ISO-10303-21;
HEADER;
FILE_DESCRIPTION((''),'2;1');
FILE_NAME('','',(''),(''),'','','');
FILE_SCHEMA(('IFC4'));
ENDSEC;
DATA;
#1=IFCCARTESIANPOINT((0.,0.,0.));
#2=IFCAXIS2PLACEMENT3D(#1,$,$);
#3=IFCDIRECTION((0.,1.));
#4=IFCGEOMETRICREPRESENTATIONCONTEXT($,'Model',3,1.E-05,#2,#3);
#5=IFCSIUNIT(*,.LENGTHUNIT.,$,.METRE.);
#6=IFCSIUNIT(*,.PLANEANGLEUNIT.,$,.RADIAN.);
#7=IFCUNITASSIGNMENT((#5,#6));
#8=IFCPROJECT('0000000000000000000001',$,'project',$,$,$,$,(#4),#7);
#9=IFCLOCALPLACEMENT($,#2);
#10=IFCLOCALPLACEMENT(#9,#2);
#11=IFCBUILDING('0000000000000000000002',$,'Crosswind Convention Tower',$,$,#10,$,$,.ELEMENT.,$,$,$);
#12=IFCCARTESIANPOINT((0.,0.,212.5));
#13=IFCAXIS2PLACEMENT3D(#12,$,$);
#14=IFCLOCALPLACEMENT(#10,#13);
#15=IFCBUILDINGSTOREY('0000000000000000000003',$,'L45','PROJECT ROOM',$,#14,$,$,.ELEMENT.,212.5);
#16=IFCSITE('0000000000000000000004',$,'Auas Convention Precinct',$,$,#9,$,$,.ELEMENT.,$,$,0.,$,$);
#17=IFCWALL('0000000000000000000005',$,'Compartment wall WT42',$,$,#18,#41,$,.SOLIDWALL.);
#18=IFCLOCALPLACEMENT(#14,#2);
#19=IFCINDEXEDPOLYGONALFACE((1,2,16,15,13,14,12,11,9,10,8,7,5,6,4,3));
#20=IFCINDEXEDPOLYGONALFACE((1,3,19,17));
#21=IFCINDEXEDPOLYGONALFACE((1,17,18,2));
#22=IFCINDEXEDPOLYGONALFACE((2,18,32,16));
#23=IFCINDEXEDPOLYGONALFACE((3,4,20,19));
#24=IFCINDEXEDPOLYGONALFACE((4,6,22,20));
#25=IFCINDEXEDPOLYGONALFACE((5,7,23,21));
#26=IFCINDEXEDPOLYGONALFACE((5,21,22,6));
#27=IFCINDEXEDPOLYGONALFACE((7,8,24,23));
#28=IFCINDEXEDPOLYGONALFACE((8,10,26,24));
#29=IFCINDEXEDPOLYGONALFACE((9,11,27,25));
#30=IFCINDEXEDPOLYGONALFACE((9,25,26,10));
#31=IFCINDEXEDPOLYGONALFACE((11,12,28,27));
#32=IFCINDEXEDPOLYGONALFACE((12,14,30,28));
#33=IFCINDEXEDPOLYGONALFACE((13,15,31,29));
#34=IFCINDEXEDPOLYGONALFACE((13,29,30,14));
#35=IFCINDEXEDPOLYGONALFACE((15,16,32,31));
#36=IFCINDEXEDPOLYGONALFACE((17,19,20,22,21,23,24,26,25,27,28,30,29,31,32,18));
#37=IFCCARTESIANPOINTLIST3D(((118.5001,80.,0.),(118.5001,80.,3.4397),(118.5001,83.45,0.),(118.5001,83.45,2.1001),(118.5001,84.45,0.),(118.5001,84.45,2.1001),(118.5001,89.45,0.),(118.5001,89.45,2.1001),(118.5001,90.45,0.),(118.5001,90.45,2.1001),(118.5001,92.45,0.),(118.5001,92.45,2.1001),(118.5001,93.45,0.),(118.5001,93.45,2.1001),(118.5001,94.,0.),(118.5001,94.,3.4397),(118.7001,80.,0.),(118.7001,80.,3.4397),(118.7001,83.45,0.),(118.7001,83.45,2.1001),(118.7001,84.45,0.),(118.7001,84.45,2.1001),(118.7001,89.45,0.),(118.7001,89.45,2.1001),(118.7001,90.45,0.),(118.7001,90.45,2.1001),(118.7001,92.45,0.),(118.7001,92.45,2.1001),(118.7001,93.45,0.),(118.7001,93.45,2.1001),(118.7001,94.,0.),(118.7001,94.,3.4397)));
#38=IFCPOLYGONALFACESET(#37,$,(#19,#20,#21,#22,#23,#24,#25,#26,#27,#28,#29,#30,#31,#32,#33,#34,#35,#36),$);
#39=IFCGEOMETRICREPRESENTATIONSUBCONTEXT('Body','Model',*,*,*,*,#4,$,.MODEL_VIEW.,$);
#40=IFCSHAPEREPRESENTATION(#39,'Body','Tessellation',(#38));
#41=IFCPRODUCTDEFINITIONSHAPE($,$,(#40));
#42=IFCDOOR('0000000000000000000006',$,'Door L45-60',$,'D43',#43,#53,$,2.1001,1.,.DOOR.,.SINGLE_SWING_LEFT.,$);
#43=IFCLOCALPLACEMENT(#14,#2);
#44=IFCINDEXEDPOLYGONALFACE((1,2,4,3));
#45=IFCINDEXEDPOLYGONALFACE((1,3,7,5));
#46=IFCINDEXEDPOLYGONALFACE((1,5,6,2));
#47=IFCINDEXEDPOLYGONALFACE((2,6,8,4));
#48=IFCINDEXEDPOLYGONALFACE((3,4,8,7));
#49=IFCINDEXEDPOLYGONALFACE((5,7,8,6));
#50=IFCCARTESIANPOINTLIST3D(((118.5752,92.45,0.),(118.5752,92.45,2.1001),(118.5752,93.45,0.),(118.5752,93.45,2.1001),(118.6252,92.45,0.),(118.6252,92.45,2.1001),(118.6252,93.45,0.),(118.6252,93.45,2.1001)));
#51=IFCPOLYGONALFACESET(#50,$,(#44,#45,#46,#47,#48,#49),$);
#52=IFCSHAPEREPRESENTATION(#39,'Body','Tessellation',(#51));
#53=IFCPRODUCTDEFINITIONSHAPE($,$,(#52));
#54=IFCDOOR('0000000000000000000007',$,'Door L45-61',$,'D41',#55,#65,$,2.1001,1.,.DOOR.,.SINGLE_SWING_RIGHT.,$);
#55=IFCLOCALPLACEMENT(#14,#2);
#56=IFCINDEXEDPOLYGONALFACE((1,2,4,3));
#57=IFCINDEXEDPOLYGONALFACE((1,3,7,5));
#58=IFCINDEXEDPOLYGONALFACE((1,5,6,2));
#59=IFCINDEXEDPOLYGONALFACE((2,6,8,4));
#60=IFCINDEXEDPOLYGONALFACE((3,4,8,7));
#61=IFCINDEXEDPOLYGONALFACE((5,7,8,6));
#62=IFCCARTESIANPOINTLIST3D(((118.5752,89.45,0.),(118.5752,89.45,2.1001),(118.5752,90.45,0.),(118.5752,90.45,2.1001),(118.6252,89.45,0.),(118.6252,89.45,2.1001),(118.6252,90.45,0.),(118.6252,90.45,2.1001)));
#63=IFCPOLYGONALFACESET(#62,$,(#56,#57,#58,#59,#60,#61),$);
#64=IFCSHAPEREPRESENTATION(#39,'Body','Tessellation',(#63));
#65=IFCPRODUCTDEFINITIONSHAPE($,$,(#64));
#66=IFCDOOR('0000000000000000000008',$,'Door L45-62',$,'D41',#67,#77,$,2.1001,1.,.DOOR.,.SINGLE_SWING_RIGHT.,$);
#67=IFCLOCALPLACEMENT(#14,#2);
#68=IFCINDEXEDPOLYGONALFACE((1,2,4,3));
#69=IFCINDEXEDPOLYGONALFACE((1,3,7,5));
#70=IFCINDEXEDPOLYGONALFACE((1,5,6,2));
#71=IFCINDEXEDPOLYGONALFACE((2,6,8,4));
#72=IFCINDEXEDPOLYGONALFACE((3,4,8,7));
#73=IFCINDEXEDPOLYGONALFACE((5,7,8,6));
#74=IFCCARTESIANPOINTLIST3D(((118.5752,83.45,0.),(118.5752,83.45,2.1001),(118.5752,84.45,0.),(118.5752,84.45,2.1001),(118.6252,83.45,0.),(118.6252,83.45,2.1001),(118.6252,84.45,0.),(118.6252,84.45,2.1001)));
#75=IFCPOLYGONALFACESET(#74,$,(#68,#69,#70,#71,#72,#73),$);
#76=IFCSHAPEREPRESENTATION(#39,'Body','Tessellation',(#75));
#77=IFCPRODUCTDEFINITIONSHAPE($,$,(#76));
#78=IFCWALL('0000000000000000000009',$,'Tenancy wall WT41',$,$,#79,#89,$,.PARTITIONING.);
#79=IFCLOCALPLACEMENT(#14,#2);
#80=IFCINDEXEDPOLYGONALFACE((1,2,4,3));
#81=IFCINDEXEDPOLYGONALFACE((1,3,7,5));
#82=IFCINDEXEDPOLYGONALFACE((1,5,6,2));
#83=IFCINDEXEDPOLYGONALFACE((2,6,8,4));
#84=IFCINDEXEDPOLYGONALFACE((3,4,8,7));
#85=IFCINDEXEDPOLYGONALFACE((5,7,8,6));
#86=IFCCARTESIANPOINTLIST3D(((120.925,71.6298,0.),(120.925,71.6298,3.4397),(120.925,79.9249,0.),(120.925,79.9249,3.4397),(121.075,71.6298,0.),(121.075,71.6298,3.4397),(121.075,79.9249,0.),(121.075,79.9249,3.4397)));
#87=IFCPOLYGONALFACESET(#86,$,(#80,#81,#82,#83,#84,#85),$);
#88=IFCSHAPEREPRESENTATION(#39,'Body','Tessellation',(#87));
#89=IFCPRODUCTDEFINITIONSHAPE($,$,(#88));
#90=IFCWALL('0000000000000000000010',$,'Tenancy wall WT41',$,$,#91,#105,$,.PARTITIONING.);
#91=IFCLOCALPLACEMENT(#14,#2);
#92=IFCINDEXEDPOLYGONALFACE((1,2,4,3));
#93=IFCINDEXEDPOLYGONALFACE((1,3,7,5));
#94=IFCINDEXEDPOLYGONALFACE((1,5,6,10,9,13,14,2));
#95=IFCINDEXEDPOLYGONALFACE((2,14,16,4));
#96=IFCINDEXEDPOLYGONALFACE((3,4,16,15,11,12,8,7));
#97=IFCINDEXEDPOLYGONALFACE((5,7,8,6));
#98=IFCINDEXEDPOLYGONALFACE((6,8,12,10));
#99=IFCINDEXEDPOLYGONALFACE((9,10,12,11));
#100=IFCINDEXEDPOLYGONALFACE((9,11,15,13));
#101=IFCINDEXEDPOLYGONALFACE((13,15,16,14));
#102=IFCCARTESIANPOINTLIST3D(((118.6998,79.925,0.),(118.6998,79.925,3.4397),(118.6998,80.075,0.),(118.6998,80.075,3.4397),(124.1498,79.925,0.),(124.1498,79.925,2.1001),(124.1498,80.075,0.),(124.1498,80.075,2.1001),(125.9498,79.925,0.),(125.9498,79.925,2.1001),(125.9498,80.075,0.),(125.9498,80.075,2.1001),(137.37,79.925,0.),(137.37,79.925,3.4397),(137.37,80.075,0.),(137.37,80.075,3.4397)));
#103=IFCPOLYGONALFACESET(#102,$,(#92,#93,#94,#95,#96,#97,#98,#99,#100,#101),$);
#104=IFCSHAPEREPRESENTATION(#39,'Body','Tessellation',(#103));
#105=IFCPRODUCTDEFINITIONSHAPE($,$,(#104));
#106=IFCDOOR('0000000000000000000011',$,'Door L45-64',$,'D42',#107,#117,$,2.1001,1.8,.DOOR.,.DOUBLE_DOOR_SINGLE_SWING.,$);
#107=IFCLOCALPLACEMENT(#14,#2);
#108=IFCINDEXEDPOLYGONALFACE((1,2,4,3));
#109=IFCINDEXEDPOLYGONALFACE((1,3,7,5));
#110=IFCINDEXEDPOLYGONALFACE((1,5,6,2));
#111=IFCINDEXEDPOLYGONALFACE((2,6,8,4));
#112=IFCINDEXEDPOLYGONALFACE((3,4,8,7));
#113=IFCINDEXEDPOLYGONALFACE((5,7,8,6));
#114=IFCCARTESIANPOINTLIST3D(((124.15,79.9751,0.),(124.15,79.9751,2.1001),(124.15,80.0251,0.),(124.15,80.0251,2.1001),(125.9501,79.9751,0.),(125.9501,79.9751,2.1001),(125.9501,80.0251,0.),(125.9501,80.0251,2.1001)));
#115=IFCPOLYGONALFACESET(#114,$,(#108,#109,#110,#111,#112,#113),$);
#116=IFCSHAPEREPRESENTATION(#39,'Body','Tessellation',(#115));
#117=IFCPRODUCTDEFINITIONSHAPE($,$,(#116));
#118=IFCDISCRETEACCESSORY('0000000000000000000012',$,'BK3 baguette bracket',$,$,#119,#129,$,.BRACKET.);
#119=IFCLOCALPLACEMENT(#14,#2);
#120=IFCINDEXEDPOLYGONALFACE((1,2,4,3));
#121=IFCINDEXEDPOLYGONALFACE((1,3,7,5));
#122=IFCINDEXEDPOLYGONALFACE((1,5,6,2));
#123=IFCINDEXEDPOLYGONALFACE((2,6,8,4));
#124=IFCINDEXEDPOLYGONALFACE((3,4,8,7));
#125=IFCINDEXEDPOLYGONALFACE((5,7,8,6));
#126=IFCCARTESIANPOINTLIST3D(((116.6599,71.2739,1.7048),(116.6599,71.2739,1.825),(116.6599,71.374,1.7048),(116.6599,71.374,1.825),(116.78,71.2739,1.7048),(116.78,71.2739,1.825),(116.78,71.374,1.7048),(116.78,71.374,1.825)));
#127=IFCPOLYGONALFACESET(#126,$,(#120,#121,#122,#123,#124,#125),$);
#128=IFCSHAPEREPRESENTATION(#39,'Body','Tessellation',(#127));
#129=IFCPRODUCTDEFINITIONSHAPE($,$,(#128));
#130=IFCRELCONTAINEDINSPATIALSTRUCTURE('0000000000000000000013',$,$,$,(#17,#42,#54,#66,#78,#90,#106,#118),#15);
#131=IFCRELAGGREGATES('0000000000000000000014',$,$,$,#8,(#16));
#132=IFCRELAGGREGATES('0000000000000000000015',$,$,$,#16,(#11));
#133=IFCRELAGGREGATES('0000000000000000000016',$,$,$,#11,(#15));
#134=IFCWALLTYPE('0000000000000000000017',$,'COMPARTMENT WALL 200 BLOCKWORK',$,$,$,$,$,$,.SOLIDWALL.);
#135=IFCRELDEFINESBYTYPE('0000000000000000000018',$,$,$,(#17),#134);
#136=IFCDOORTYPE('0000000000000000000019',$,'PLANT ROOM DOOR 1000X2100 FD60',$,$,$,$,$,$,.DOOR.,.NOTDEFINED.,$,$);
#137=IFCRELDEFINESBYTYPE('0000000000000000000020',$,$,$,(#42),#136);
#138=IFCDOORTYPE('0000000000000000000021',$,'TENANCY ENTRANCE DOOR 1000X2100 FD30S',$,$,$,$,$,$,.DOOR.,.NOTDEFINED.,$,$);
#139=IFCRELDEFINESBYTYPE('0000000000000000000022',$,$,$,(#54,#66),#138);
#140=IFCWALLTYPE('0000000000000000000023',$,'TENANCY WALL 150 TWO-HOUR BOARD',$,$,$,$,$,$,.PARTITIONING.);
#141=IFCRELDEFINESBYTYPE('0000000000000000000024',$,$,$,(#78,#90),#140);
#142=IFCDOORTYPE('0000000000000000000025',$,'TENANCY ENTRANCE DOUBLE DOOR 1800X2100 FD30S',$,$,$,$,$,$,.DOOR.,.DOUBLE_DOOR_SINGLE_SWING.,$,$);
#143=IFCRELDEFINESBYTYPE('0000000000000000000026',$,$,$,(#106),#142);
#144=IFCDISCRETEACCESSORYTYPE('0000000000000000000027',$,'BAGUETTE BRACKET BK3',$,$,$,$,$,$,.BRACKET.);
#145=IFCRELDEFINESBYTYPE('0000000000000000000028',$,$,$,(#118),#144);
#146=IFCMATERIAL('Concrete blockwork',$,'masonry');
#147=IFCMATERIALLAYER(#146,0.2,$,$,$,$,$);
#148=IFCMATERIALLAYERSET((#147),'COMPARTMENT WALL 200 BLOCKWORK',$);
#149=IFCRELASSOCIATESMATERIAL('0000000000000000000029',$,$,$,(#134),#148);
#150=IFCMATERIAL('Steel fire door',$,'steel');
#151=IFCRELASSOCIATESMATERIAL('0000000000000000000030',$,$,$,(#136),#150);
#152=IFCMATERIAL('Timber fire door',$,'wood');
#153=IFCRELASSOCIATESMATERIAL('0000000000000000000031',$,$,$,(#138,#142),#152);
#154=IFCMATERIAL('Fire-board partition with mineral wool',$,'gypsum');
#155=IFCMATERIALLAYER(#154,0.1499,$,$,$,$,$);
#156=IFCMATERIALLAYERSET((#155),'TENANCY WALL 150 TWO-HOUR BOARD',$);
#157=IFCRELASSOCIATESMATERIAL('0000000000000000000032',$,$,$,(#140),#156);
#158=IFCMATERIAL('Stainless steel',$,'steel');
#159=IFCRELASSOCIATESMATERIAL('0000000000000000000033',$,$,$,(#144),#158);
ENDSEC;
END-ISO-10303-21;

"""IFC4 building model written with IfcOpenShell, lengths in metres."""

from ifc_helpers import new_model, si_unit, direction, frame, frame_2d, origin, origin_2d, place, context, subcontext, project, spatial, rectangle, extrude, material, layer, layer_set, type_object, element, fill, save


model = new_model("IFC4")

# Units and contexts
model_context = context("Model", 3, precision=1e-05, world=origin(), true_north=direction((0.0, 1.0)))
body_context = subcontext(model_context, "Body", "Model", "MODEL_VIEW")
ifc_project = project(units=[si_unit("LENGTHUNIT", "METRE"), si_unit("PLANEANGLEUNIT", "RADIAN")], contexts=[model_context])

# Site, building, storey
site_placement = place(None, origin())
site = spatial("IfcSite", under=ifc_project, at=site_placement, Name="Auas Convention Precinct", CompositionType="ELEMENT", RefElevation=0.0)
building_placement = place(site_placement, origin())
building = spatial("IfcBuilding", under=site, at=building_placement, Name="Crosswind Convention Tower", CompositionType="ELEMENT")
storey_placement = place(building_placement, frame((0.0, 0.0, 212.5)))
storey = spatial("IfcBuildingStorey", under=building, at=storey_placement, Name="L45", Description="PROJECT ROOM", CompositionType="ELEMENT", Elevation=212.5)

# Wall, openings, doors
ifc_material_1 = material(Name="Concrete blockwork", Category="masonry")
ifc_layer_1 = layer(ifc_material_1, 0.2)
ifc_layer_set_1 = layer_set([ifc_layer_1], Name="COMPARTMENT WALL 200 BLOCKWORK")
wall_type_1 = type_object("IfcWallType", Name="COMPARTMENT WALL 200 BLOCKWORK", PredefinedType="SOLIDWALL", material=ifc_layer_set_1)
wall_1_placement = place(storey_placement, frame((118.6001, 80.0, 0.0), z_axis=(0.0, 0.0, 1.0), x_axis=(0.0, 1.0, 0.0)))
wall_1 = element("IfcWall", 1, at=wall_1_placement, inside=storey, type_object=wall_type_1, Name="Compartment wall WT42", PredefinedType="SOLIDWALL", context=body_context, shape_type="SweptSolid", body=[
    extrude(rectangle(XDim=14.0, YDim=0.2, at=frame_2d((7.0, 0.0))), origin(), (0.0, 0.0, 1.0), 3.4397),
])
opening_1_placement = place(wall_1_placement, frame((12.45, 0.0, 0.0)))
opening_1 = element("IfcOpeningElement", 2, at=opening_1_placement, cuts=wall_1, PredefinedType="OPENING", context=body_context, shape_type="SweptSolid", body=[
    extrude(rectangle(XDim=1.0, YDim=2.1001, at=frame_2d((0.5, 1.05))), frame((0.0, 0.1099, 0.0), z_axis=(0.0, -1.0, 0.0), x_axis=(1.0, 0.0, 0.0)), (0.0, 0.0, 1.0), 0.22),
])
opening_2_placement = place(wall_1_placement, frame((9.45, 0.0, 0.0)))
opening_2 = element("IfcOpeningElement", 3, at=opening_2_placement, cuts=wall_1, PredefinedType="OPENING", context=body_context, shape_type="SweptSolid", body=[
    extrude(rectangle(XDim=1.0, YDim=2.1001, at=frame_2d((0.5, 1.05))), frame((0.0, 0.1099, 0.0), z_axis=(0.0, -1.0, 0.0), x_axis=(1.0, 0.0, 0.0)), (0.0, 0.0, 1.0), 0.22),
])
opening_3_placement = place(wall_1_placement, frame((3.45, 0.0, 0.0)))
opening_3 = element("IfcOpeningElement", 4, at=opening_3_placement, cuts=wall_1, PredefinedType="OPENING", context=body_context, shape_type="SweptSolid", body=[
    extrude(rectangle(XDim=1.0, YDim=2.1001, at=frame_2d((0.5, 1.05))), frame((0.0, 0.1099, 0.0), z_axis=(0.0, -1.0, 0.0), x_axis=(1.0, 0.0, 0.0)), (0.0, 0.0, 1.0), 0.22),
])
ifc_material_2 = material(Name="Steel fire door", Category="steel")
door_type_1 = type_object("IfcDoorType", Name="PLANT ROOM DOOR 1000X2100 FD60", OperationType="NOTDEFINED", PredefinedType="DOOR", material=ifc_material_2)
door_1_placement = place(opening_1_placement, origin())
door_1 = element("IfcDoor", 5, at=door_1_placement, inside=storey, type_object=door_type_1, Name="Door L45-60", ObjectType="D43", OperationType="SINGLE_SWING_LEFT", OverallHeight=2.1001, OverallWidth=1.0, PredefinedType="DOOR", context=body_context, shape_type="SweptSolid", body=[
    extrude(rectangle(XDim=1.0, YDim=2.1001, at=frame_2d((0.5, 1.05))), frame((0.0, 0.0249, 0.0), z_axis=(0.0, -1.0, 0.0), x_axis=(1.0, 0.0, 0.0)), (0.0, 0.0, 1.0), 0.05),
])
fill(opening_1, door_1)
ifc_material_3 = material(Name="Timber fire door", Category="wood")
door_type_2 = type_object("IfcDoorType", Name="TENANCY ENTRANCE DOOR 1000X2100 FD30S", OperationType="NOTDEFINED", PredefinedType="DOOR", material=ifc_material_3)
door_2_placement = place(opening_2_placement, origin())
door_2 = element("IfcDoor", 6, at=door_2_placement, inside=storey, type_object=door_type_2, Name="Door L45-61", ObjectType="D41", OperationType="SINGLE_SWING_RIGHT", OverallHeight=2.1001, OverallWidth=1.0, PredefinedType="DOOR", context=body_context, shape_type="SweptSolid", body=[
    extrude(rectangle(XDim=1.0, YDim=2.1001, at=frame_2d((0.5, 1.05))), frame((0.0, 0.0249, 0.0), z_axis=(0.0, -1.0, 0.0), x_axis=(1.0, 0.0, 0.0)), (0.0, 0.0, 1.0), 0.05),
])
fill(opening_2, door_2)
door_3_placement = place(opening_3_placement, origin())
door_3 = element("IfcDoor", 7, at=door_3_placement, inside=storey, type_object=door_type_2, Name="Door L45-62", ObjectType="D41", OperationType="SINGLE_SWING_RIGHT", OverallHeight=2.1001, OverallWidth=1.0, PredefinedType="DOOR", context=body_context, shape_type="SweptSolid", body=[
    extrude(rectangle(XDim=1.0, YDim=2.1001, at=frame_2d((0.5, 1.05))), frame((0.0, 0.0249, 0.0), z_axis=(0.0, -1.0, 0.0), x_axis=(1.0, 0.0, 0.0)), (0.0, 0.0, 1.0), 0.05),
])
fill(opening_3, door_3)

# Wall
ifc_material_4 = material(Name="Fire-board partition with mineral wool", Category="gypsum")
ifc_layer_2 = layer(ifc_material_4, 0.1499)
ifc_layer_set_2 = layer_set([ifc_layer_2], Name="TENANCY WALL 150 TWO-HOUR BOARD")
wall_type_2 = type_object("IfcWallType", Name="TENANCY WALL 150 TWO-HOUR BOARD", PredefinedType="PARTITIONING", material=ifc_layer_set_2)
wall_2_placement = place(storey_placement, frame((121.0, 71.6299, 0.0), z_axis=(0.0, 0.0, 1.0), x_axis=(0.0, 1.0, 0.0)))
element("IfcWall", 8, at=wall_2_placement, inside=storey, type_object=wall_type_2, Name="Tenancy wall WT41", PredefinedType="PARTITIONING", context=body_context, shape_type="SweptSolid", body=[
    extrude(rectangle(XDim=8.2952, YDim=0.1499, at=frame_2d((4.1475, 0.0))), origin(), (0.0, 0.0, 1.0), 3.4397),
])

# Wall, opening, door
wall_3_placement = place(storey_placement, frame((118.7, 80.0, 0.0), z_axis=(0.0, 0.0, 1.0), x_axis=(1.0, 0.0, 0.0)))
wall_3 = element("IfcWall", 9, at=wall_3_placement, inside=storey, type_object=wall_type_2, Name="Tenancy wall WT41", PredefinedType="PARTITIONING", context=body_context, shape_type="SweptSolid", body=[
    extrude(rectangle(XDim=18.6702, YDim=0.1499, at=frame_2d((9.335, 0.0))), origin(), (0.0, 0.0, 1.0), 3.4397),
])
opening_4_placement = place(wall_3_placement, frame((5.45, 0.0, 0.0)))
opening_4 = element("IfcOpeningElement", 10, at=opening_4_placement, cuts=wall_3, PredefinedType="OPENING", context=body_context, shape_type="SweptSolid", body=[
    extrude(rectangle(XDim=1.8, YDim=2.1001, at=frame_2d((0.8999, 1.05))), frame((0.0, 0.085, 0.0), z_axis=(0.0, -1.0, 0.0), x_axis=(1.0, 0.0, 0.0)), (0.0, 0.0, 1.0), 0.1699),
])
door_type_3 = type_object("IfcDoorType", Name="TENANCY ENTRANCE DOUBLE DOOR 1800X2100 FD30S", OperationType="DOUBLE_DOOR_SINGLE_SWING", PredefinedType="DOOR", material=ifc_material_3)
door_4_placement = place(opening_4_placement, frame((1.8, 0.0, 0.0), z_axis=(0.0, 0.0, 1.0), x_axis=(-1.0, 0.0, 0.0)))
door_4 = element("IfcDoor", 11, at=door_4_placement, inside=storey, type_object=door_type_3, Name="Door L45-64", ObjectType="D42", OperationType="DOUBLE_DOOR_SINGLE_SWING", OverallHeight=2.1001, OverallWidth=1.8, PredefinedType="DOOR", context=body_context, shape_type="SweptSolid", body=[
    extrude(rectangle(XDim=1.8, YDim=2.1001, at=frame_2d((0.8999, 1.05))), frame((0.0, 0.0249, 0.0), z_axis=(0.0, -1.0, 0.0), x_axis=(1.0, 0.0, 0.0)), (0.0, 0.0, 1.0), 0.05),
])
fill(opening_4, door_4)

# Discrete accessory
ifc_material_5 = material(Name="Stainless steel", Category="steel")
discrete_accessory_type = type_object("IfcDiscreteAccessoryType", Name="BAGUETTE BRACKET BK3", PredefinedType="BRACKET", material=ifc_material_5)
discrete_accessory_placement = place(storey_placement, frame((116.72, 71.324, 1.7048), z_axis=(0.0, 0.0, 1.0), x_axis=(1.0, 0.0, 0.0)))
element("IfcDiscreteAccessory", 12, at=discrete_accessory_placement, inside=storey, type_object=discrete_accessory_type, Name="BK3 baguette bracket", PredefinedType="BRACKET", context=body_context, shape_type="SweptSolid", body=[
    extrude(rectangle(XDim=0.1201, YDim=0.1001, at=origin_2d()), origin(), (0.0, 0.0, 1.0), 0.1201),
])

save(model, "model.ifc")
